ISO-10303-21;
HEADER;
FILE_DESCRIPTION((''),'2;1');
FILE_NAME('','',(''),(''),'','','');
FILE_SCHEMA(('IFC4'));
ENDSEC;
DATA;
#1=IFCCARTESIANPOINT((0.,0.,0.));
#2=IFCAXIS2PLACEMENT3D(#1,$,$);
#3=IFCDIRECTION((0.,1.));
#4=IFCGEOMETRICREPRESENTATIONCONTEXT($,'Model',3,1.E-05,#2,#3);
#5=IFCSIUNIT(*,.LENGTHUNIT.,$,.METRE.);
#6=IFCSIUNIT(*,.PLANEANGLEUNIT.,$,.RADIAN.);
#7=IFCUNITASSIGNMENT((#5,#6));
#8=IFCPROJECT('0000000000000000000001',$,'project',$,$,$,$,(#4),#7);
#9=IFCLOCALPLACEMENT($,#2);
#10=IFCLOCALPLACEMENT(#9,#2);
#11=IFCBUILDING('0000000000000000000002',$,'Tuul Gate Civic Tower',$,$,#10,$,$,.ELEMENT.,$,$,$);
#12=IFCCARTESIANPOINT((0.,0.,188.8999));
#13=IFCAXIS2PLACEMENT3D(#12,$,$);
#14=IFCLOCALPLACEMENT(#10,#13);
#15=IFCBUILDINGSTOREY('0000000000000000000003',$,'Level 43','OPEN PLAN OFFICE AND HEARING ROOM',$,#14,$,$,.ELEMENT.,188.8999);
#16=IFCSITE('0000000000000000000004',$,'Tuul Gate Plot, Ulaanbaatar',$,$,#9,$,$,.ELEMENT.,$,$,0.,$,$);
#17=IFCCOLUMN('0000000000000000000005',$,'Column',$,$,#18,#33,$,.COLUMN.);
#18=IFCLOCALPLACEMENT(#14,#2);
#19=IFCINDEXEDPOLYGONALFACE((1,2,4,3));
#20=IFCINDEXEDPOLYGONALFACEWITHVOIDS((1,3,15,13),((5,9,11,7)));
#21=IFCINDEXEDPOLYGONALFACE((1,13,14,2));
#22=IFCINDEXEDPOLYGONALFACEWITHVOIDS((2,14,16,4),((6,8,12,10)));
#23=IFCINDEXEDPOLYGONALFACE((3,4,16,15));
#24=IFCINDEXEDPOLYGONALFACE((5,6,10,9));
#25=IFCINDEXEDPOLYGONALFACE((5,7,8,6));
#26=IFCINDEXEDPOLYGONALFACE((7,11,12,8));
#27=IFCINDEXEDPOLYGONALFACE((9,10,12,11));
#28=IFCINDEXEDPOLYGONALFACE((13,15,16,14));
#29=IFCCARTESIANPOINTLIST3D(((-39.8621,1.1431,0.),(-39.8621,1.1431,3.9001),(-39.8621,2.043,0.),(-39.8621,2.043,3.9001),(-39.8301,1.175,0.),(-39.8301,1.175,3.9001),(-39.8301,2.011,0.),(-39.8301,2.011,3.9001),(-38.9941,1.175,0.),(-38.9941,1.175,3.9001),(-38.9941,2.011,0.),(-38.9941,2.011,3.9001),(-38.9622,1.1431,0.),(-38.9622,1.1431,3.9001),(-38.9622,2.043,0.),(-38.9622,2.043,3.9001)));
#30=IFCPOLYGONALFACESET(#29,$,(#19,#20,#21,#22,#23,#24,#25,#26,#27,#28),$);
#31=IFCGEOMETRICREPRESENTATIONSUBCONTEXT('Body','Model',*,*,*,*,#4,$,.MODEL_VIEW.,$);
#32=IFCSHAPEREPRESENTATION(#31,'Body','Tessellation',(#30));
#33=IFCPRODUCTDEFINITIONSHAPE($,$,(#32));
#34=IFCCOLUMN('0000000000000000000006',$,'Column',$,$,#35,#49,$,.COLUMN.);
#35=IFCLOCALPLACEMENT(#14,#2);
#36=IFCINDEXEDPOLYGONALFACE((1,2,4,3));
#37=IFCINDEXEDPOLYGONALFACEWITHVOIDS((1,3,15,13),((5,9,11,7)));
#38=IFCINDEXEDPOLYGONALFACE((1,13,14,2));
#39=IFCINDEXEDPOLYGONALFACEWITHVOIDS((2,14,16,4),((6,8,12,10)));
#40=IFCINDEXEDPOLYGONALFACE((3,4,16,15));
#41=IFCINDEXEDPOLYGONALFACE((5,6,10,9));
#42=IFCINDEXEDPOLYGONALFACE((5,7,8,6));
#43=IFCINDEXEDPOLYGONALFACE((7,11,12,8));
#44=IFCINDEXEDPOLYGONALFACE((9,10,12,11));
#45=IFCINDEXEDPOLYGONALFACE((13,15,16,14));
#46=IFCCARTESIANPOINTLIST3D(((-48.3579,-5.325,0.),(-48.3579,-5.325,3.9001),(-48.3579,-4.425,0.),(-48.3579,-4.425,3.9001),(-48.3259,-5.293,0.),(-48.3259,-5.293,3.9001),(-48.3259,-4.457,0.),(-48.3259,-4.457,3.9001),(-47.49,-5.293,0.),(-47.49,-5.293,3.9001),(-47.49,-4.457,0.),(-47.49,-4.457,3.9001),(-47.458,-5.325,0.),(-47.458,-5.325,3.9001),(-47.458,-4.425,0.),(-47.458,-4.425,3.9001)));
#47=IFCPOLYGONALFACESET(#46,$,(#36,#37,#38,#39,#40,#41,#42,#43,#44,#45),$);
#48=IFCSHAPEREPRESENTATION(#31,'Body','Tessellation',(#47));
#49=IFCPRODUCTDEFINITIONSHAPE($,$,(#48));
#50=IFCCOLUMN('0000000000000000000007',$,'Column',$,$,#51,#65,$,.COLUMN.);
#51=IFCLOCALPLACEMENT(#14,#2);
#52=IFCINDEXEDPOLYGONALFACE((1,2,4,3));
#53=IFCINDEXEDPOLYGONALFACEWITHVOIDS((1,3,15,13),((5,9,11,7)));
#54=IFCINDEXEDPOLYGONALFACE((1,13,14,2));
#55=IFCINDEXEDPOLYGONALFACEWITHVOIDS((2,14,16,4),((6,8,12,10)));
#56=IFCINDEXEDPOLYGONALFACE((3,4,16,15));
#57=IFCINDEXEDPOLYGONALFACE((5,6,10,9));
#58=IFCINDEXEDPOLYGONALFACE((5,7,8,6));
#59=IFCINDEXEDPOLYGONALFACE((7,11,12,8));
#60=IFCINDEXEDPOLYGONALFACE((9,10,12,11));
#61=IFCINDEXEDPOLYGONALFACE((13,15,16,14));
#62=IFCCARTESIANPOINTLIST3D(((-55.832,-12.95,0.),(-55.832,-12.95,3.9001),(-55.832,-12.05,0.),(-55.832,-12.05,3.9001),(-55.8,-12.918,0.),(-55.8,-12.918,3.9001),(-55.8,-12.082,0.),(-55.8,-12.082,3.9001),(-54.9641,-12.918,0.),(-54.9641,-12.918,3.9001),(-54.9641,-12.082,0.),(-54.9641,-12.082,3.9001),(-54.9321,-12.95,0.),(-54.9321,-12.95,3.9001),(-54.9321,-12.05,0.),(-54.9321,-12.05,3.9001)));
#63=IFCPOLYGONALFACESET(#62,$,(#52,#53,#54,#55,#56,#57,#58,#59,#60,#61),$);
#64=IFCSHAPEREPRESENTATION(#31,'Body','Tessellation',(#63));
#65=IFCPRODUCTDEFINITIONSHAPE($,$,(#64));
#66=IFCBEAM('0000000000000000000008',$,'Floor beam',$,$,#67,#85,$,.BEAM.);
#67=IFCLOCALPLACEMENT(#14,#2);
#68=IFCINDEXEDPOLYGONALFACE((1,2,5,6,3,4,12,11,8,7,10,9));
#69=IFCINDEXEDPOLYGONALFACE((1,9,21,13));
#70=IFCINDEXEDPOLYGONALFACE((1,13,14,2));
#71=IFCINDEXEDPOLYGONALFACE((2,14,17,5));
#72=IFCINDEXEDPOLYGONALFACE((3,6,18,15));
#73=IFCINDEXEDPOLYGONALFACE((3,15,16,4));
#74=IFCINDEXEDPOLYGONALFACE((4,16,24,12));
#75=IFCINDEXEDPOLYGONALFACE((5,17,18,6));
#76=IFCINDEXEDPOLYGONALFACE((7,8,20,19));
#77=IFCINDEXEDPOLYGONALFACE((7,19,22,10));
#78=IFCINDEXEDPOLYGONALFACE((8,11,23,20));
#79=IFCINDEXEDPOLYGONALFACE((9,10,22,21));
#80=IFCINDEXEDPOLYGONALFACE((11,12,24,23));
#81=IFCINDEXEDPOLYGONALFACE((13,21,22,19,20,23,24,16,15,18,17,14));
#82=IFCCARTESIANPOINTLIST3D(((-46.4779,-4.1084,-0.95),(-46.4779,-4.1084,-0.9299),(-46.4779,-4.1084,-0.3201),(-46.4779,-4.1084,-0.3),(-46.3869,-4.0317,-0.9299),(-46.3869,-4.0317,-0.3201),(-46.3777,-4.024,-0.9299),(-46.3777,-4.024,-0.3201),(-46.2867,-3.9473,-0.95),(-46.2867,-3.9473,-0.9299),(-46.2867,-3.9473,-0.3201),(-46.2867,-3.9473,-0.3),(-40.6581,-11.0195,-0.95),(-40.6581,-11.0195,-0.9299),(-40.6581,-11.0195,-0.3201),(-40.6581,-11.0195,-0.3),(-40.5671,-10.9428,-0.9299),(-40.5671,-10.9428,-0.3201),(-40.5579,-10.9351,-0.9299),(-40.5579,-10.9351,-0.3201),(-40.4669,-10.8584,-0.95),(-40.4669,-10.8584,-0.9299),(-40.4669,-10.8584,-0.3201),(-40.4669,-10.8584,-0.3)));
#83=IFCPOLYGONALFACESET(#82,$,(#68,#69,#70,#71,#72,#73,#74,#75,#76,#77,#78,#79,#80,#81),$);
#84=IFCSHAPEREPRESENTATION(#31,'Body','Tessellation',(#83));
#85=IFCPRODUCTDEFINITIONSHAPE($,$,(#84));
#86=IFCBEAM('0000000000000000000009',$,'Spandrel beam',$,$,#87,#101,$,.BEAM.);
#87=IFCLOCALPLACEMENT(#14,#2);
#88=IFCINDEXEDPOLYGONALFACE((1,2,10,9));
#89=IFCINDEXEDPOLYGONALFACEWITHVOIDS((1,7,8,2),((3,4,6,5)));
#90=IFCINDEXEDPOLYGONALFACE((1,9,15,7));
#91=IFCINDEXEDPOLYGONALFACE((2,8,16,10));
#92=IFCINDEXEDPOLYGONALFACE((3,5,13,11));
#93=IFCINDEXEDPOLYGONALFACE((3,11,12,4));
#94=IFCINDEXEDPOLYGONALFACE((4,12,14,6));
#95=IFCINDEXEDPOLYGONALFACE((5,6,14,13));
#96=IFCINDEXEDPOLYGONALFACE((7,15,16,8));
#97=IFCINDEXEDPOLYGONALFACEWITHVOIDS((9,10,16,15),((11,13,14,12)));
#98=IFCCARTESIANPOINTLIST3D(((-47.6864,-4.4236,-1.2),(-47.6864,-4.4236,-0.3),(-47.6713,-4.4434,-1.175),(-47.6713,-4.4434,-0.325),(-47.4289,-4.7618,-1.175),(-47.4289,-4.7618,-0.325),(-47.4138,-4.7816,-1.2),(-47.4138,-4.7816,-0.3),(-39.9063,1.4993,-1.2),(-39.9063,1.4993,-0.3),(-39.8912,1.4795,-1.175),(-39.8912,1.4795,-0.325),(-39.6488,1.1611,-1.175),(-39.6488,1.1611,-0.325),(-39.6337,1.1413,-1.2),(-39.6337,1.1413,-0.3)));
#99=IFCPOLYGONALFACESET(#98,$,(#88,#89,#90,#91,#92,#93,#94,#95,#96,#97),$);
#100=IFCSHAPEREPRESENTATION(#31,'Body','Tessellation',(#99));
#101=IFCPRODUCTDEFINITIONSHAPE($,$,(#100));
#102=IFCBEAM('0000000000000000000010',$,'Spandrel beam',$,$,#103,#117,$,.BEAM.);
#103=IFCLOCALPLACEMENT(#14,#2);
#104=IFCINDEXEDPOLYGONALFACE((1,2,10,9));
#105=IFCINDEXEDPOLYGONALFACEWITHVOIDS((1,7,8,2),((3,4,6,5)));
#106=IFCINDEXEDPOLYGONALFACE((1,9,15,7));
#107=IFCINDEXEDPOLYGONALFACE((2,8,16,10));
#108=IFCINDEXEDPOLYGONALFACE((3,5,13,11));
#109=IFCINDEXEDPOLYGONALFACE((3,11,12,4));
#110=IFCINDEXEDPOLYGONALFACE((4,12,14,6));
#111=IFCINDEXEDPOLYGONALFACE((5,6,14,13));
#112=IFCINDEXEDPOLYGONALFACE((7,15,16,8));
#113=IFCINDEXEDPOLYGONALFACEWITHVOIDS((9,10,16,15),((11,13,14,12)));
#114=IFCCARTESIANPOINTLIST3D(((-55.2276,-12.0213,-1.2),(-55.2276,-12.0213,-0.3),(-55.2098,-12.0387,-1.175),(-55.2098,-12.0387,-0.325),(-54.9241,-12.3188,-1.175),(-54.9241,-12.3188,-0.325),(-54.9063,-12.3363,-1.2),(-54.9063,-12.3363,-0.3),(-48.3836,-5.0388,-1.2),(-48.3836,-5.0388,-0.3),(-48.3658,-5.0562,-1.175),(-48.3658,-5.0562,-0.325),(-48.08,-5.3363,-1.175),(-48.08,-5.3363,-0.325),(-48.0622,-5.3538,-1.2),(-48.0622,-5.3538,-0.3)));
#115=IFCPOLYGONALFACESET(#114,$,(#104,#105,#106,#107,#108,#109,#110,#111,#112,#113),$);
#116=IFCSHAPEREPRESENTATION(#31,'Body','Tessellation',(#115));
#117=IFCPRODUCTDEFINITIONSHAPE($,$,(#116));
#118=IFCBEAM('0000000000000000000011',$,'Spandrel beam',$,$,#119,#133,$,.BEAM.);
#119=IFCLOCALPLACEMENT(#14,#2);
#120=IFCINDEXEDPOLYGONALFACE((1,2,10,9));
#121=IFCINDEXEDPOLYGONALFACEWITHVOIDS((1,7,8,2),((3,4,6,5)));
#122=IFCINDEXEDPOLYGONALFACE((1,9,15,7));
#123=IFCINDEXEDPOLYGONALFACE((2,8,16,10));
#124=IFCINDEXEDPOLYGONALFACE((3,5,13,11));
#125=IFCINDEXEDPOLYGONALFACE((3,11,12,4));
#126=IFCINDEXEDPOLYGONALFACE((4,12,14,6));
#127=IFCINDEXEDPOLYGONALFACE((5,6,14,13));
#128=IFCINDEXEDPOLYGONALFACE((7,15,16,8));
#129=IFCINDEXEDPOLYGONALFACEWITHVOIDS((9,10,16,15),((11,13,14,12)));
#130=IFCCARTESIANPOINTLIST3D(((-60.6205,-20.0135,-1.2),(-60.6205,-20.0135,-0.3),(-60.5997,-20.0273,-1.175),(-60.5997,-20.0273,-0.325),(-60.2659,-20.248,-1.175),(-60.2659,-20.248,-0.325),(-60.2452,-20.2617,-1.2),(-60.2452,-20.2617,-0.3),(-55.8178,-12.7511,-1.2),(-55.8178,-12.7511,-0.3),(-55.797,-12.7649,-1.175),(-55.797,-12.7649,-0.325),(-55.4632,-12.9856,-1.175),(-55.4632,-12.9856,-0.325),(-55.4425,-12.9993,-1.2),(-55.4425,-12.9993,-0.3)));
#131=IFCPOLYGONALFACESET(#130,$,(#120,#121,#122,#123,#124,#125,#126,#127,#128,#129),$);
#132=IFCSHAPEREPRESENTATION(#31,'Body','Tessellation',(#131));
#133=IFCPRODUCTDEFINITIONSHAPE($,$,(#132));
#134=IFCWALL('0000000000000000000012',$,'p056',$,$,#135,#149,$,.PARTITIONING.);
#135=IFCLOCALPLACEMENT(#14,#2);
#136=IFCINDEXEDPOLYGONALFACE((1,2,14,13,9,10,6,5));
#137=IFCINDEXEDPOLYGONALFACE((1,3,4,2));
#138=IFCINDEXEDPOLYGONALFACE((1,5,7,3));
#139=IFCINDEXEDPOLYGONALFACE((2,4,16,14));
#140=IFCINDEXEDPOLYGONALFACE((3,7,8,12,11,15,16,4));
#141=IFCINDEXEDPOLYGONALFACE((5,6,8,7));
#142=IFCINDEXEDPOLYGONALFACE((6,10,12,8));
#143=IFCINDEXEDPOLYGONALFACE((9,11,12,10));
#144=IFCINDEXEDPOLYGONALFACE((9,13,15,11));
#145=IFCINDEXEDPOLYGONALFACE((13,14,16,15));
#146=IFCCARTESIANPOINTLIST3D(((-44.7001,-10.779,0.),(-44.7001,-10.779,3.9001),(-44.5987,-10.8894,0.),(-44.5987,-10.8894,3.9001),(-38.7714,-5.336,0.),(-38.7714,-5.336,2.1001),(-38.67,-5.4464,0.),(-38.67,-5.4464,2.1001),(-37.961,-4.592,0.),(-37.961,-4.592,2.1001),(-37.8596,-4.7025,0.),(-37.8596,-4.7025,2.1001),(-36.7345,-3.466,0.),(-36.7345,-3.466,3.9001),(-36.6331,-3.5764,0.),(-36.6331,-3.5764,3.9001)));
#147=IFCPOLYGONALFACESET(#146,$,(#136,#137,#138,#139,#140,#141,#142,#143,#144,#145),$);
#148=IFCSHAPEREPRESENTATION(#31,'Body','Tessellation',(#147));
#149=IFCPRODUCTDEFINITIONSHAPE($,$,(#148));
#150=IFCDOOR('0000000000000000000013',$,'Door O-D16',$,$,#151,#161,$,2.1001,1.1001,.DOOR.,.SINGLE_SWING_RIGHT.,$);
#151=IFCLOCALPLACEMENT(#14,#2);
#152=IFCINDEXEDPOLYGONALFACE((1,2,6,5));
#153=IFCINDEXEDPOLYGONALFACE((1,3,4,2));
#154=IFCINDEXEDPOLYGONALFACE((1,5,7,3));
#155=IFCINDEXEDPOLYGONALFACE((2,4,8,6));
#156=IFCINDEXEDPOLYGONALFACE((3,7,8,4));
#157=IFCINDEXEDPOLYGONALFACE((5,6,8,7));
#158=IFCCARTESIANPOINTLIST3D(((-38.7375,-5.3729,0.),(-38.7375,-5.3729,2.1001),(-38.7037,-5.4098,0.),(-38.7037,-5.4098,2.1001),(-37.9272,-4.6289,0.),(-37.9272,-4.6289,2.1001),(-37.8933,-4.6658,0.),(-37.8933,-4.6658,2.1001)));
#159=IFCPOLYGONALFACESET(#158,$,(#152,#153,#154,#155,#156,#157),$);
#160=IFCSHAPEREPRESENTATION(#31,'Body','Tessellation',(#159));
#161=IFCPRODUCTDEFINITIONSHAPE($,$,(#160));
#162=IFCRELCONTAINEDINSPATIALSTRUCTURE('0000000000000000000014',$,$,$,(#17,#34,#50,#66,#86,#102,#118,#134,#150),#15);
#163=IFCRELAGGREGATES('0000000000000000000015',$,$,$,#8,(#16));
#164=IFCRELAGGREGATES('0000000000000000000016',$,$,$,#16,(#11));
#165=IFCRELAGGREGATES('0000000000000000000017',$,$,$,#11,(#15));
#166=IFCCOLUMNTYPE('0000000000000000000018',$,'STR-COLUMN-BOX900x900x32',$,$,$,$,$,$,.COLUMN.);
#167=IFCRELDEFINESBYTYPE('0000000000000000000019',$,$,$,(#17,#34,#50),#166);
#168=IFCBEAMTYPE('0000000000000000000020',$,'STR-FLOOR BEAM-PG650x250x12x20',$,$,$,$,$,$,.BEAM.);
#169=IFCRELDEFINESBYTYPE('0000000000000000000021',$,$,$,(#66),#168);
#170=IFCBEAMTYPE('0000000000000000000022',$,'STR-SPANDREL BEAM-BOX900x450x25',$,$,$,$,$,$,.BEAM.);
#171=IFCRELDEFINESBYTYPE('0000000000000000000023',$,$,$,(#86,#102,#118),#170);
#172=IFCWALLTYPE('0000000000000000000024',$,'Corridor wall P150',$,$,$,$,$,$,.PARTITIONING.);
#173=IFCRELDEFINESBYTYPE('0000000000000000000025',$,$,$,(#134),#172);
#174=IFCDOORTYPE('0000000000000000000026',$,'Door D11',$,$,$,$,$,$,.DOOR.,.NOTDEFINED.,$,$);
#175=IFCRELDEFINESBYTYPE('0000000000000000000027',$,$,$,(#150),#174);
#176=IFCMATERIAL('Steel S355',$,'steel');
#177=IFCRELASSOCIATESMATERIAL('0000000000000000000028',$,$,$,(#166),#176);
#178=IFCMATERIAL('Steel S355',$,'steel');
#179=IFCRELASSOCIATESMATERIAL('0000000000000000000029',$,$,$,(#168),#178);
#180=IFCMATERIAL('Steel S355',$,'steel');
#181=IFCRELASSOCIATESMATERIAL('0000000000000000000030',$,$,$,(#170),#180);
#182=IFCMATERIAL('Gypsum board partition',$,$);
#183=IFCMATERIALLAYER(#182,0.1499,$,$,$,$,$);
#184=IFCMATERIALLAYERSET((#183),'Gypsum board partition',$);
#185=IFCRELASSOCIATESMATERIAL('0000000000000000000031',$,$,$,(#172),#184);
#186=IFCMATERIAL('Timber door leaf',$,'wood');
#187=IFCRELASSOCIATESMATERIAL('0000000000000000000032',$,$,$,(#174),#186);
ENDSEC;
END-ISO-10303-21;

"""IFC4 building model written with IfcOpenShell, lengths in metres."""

from ifc_helpers import new_model, si_unit, direction, frame, frame_2d, origin, origin_2d, place, context, subcontext, project, spatial, rectangle, hollow_rectangle, i_section, extrude, material, layer, layer_set, material_profile, profile_set, type_object, element, fill, save


model = new_model("IFC4")

# Units and contexts
model_context = context("Model", 3, precision=1e-05, world=origin(), true_north=direction((0.0, 1.0)))
body_context = subcontext(model_context, "Body", "Model", "MODEL_VIEW")
ifc_project = project(units=[si_unit("LENGTHUNIT", "METRE"), si_unit("PLANEANGLEUNIT", "RADIAN")], contexts=[model_context])

# Site, building, storey
site_placement = place(None, origin())
site = spatial("IfcSite", under=ifc_project, at=site_placement, Name="Tuul Gate Plot, Ulaanbaatar", CompositionType="ELEMENT", RefElevation=0.0)
building_placement = place(site_placement, origin())
building = spatial("IfcBuilding", under=site, at=building_placement, Name="Tuul Gate Civic Tower", CompositionType="ELEMENT")
storey_placement = place(building_placement, frame((0.0, 0.0, 188.8999)))
storey = spatial("IfcBuildingStorey", under=building, at=storey_placement, Name="Level 43", Description="OPEN PLAN OFFICE AND HEARING ROOM", CompositionType="ELEMENT", Elevation=188.8999)

# Columns
ifc_material_1 = material(Name="Steel S355", Category="steel")
ifc_material_profile_1 = material_profile(ifc_material_1, hollow_rectangle(XDim=0.8999, YDim=0.8999, WallThickness=0.032, at=origin_2d()), Name="BOX900x900x32")
ifc_profile_set_1 = profile_set([ifc_material_profile_1], Name="Steel S355")
column_type = type_object("IfcColumnType", Name="STR-COLUMN-BOX900x900x32", PredefinedType="COLUMN", material=ifc_profile_set_1)
for number, where, z_axis, x_axis, name in (
    (1, (-39.4121, 1.593, 0.0), (0.0, 0.0, 1.0), (1.0, 0.0, 0.0), "Column"),
    (2, (-47.908, -4.875, 0.0), (0.0, 0.0, 1.0), (1.0, 0.0, 0.0), "Column"),
    (3, (-55.3821, -12.5, 0.0), (0.0, 0.0, 1.0), (1.0, 0.0, 0.0), "Column"),
):
    element("IfcColumn", number, at=place(storey_placement, frame(where, z_axis=z_axis, x_axis=x_axis)), inside=storey, type_object=column_type, Name=name, PredefinedType="COLUMN", context=body_context, shape_type="SweptSolid", body=[
        extrude(hollow_rectangle(XDim=0.8999, YDim=0.8999, WallThickness=0.032, at=origin_2d()), origin(), (0.0, 0.0, 1.0), 3.9001),
    ])

# Beams
ifc_material_2 = material(Name="Steel S355", Category="steel")
ifc_material_profile_2 = material_profile(ifc_material_2, i_section(OverallWidth=0.25, OverallDepth=0.6499, WebThickness=0.012, FlangeThickness=0.02, at=origin_2d()), Name="PG650x250x12x20")
ifc_profile_set_2 = profile_set([ifc_material_profile_2], Name="Steel S355")
beam_type_1 = type_object("IfcBeamType", Name="STR-FLOOR BEAM-PG650x250x12x20", PredefinedType="BEAM", material=ifc_profile_set_2)
beam_1_placement = place(storey_placement, frame((-40.5625, -10.939, -0.625), z_axis=(-0.644131, 0.764915, 0.0), x_axis=(-0.764915, -0.644131, 0.0)))
element("IfcBeam", 4, at=beam_1_placement, inside=storey, type_object=beam_type_1, Name="Floor beam", PredefinedType="BEAM", context=body_context, shape_type="SweptSolid", body=[
    extrude(i_section(OverallWidth=0.25, OverallDepth=0.6499, WebThickness=0.012, FlangeThickness=0.02, at=origin_2d()), origin(), (0.0, 0.0, 1.0), 9.0352),
])
ifc_material_3 = material(Name="Steel S355", Category="steel")
ifc_material_profile_3 = material_profile(ifc_material_3, hollow_rectangle(XDim=0.45, YDim=0.8999, WallThickness=0.0249, at=origin_2d()), Name="BOX900x450x25")
ifc_profile_set_3 = profile_set([ifc_material_profile_3], Name="Steel S355")
beam_type_2 = type_object("IfcBeamType", Name="STR-SPANDREL BEAM-BOX900x450x25", PredefinedType="BEAM", material=ifc_profile_set_3)
beam_2_placement = place(storey_placement, frame((-39.77, 1.3203, -0.75), z_axis=(-0.795668, -0.605733, 0.0), x_axis=(0.605733, -0.795668, 0.0)))
element("IfcBeam", 5, at=beam_2_placement, inside=storey, type_object=beam_type_2, Name="Spandrel beam", PredefinedType="BEAM", context=body_context, shape_type="SweptSolid", body=[
    extrude(hollow_rectangle(XDim=0.45, YDim=0.8999, WallThickness=0.0249, at=origin_2d()), origin(), (0.0, 0.0, 1.0), 9.7781),
])
beam_3_placement = place(storey_placement, frame((-48.2229, -5.1963, -0.75), z_axis=(-0.699992, -0.71415, 0.0), x_axis=(0.71415, -0.699992, 0.0)))
element("IfcBeam", 6, at=beam_3_placement, inside=storey, type_object=beam_type_2, Name="Spandrel beam", PredefinedType="BEAM", context=body_context, shape_type="SweptSolid", body=[
    extrude(hollow_rectangle(XDim=0.45, YDim=0.8999, WallThickness=0.0249, at=origin_2d()), origin(), (0.0, 0.0, 1.0), 9.7773),
])
beam_4_placement = place(storey_placement, frame((-55.6301, -12.8752, -0.75), z_axis=(-0.551603, -0.834107, 0.0), x_axis=(0.834107, -0.551603, 0.0)))
element("IfcBeam", 7, at=beam_4_placement, inside=storey, type_object=beam_type_2, Name="Spandrel beam", PredefinedType="BEAM", context=body_context, shape_type="SweptSolid", body=[
    extrude(hollow_rectangle(XDim=0.45, YDim=0.8999, WallThickness=0.0249, at=origin_2d()), origin(), (0.0, 0.0, 1.0), 8.7068),
])

# Wall, opening, door
ifc_material_4 = material(Name="Gypsum board partition")
ifc_layer_1 = layer(ifc_material_4, 0.1499)
ifc_layer_set_1 = layer_set([ifc_layer_1], Name="Gypsum board partition")
wall_type_1 = type_object("IfcWallType", Name="Corridor wall P150", PredefinedType="PARTITIONING", material=ifc_layer_set_1)
wall_1_placement = place(storey_placement, frame((-44.6494, -10.8342, 0.0), z_axis=(0.0, 0.0, 1.0), x_axis=(0.736638, 0.676288, 0.0)))
wall_1 = element("IfcWall", 8, at=wall_1_placement, inside=storey, type_object=wall_type_1, Name="p056", PredefinedType="PARTITIONING", context=body_context, shape_type="SweptSolid", body=[
    extrude(rectangle(XDim=10.8135, YDim=0.1499, at=frame_2d((5.4067, 0.0))), origin(), (0.0, 0.0, 1.0), 3.9001),
])
opening_1_placement = place(wall_1_placement, frame((8.0483, 0.0, 0.0)))
opening_1 = element("IfcOpeningElement", 9, at=opening_1_placement, cuts=wall_1, PredefinedType="OPENING", context=body_context, shape_type="SweptSolid", body=[
    extrude(rectangle(XDim=1.1001, YDim=2.1001, at=frame_2d((0.55, 1.05))), frame((0.0, 0.085, 0.0), z_axis=(0.0, -1.0, 0.0), x_axis=(1.0, 0.0, 0.0)), (0.0, 0.0, 1.0), 0.1699),
])
ifc_material_5 = material(Name="Timber door leaf", Category="wood")
door_type_1 = type_object("IfcDoorType", Name="Door D11", OperationType="NOTDEFINED", PredefinedType="DOOR", material=ifc_material_5)
door_1_placement = place(opening_1_placement, origin())
door_1 = element("IfcDoor", 10, at=door_1_placement, inside=storey, type_object=door_type_1, Name="Door O-D16", OperationType="SINGLE_SWING_RIGHT", OverallHeight=2.1001, OverallWidth=1.1001, PredefinedType="DOOR", context=body_context, shape_type="SweptSolid", body=[
    extrude(rectangle(XDim=1.1001, YDim=2.1001, at=frame_2d((0.55, 1.05))), frame((0.0, 0.0249, 0.0), z_axis=(0.0, -1.0, 0.0), x_axis=(1.0, 0.0, 0.0)), (0.0, 0.0, 1.0), 0.05),
])
fill(opening_1, door_1)

save(model, "model.ifc")
